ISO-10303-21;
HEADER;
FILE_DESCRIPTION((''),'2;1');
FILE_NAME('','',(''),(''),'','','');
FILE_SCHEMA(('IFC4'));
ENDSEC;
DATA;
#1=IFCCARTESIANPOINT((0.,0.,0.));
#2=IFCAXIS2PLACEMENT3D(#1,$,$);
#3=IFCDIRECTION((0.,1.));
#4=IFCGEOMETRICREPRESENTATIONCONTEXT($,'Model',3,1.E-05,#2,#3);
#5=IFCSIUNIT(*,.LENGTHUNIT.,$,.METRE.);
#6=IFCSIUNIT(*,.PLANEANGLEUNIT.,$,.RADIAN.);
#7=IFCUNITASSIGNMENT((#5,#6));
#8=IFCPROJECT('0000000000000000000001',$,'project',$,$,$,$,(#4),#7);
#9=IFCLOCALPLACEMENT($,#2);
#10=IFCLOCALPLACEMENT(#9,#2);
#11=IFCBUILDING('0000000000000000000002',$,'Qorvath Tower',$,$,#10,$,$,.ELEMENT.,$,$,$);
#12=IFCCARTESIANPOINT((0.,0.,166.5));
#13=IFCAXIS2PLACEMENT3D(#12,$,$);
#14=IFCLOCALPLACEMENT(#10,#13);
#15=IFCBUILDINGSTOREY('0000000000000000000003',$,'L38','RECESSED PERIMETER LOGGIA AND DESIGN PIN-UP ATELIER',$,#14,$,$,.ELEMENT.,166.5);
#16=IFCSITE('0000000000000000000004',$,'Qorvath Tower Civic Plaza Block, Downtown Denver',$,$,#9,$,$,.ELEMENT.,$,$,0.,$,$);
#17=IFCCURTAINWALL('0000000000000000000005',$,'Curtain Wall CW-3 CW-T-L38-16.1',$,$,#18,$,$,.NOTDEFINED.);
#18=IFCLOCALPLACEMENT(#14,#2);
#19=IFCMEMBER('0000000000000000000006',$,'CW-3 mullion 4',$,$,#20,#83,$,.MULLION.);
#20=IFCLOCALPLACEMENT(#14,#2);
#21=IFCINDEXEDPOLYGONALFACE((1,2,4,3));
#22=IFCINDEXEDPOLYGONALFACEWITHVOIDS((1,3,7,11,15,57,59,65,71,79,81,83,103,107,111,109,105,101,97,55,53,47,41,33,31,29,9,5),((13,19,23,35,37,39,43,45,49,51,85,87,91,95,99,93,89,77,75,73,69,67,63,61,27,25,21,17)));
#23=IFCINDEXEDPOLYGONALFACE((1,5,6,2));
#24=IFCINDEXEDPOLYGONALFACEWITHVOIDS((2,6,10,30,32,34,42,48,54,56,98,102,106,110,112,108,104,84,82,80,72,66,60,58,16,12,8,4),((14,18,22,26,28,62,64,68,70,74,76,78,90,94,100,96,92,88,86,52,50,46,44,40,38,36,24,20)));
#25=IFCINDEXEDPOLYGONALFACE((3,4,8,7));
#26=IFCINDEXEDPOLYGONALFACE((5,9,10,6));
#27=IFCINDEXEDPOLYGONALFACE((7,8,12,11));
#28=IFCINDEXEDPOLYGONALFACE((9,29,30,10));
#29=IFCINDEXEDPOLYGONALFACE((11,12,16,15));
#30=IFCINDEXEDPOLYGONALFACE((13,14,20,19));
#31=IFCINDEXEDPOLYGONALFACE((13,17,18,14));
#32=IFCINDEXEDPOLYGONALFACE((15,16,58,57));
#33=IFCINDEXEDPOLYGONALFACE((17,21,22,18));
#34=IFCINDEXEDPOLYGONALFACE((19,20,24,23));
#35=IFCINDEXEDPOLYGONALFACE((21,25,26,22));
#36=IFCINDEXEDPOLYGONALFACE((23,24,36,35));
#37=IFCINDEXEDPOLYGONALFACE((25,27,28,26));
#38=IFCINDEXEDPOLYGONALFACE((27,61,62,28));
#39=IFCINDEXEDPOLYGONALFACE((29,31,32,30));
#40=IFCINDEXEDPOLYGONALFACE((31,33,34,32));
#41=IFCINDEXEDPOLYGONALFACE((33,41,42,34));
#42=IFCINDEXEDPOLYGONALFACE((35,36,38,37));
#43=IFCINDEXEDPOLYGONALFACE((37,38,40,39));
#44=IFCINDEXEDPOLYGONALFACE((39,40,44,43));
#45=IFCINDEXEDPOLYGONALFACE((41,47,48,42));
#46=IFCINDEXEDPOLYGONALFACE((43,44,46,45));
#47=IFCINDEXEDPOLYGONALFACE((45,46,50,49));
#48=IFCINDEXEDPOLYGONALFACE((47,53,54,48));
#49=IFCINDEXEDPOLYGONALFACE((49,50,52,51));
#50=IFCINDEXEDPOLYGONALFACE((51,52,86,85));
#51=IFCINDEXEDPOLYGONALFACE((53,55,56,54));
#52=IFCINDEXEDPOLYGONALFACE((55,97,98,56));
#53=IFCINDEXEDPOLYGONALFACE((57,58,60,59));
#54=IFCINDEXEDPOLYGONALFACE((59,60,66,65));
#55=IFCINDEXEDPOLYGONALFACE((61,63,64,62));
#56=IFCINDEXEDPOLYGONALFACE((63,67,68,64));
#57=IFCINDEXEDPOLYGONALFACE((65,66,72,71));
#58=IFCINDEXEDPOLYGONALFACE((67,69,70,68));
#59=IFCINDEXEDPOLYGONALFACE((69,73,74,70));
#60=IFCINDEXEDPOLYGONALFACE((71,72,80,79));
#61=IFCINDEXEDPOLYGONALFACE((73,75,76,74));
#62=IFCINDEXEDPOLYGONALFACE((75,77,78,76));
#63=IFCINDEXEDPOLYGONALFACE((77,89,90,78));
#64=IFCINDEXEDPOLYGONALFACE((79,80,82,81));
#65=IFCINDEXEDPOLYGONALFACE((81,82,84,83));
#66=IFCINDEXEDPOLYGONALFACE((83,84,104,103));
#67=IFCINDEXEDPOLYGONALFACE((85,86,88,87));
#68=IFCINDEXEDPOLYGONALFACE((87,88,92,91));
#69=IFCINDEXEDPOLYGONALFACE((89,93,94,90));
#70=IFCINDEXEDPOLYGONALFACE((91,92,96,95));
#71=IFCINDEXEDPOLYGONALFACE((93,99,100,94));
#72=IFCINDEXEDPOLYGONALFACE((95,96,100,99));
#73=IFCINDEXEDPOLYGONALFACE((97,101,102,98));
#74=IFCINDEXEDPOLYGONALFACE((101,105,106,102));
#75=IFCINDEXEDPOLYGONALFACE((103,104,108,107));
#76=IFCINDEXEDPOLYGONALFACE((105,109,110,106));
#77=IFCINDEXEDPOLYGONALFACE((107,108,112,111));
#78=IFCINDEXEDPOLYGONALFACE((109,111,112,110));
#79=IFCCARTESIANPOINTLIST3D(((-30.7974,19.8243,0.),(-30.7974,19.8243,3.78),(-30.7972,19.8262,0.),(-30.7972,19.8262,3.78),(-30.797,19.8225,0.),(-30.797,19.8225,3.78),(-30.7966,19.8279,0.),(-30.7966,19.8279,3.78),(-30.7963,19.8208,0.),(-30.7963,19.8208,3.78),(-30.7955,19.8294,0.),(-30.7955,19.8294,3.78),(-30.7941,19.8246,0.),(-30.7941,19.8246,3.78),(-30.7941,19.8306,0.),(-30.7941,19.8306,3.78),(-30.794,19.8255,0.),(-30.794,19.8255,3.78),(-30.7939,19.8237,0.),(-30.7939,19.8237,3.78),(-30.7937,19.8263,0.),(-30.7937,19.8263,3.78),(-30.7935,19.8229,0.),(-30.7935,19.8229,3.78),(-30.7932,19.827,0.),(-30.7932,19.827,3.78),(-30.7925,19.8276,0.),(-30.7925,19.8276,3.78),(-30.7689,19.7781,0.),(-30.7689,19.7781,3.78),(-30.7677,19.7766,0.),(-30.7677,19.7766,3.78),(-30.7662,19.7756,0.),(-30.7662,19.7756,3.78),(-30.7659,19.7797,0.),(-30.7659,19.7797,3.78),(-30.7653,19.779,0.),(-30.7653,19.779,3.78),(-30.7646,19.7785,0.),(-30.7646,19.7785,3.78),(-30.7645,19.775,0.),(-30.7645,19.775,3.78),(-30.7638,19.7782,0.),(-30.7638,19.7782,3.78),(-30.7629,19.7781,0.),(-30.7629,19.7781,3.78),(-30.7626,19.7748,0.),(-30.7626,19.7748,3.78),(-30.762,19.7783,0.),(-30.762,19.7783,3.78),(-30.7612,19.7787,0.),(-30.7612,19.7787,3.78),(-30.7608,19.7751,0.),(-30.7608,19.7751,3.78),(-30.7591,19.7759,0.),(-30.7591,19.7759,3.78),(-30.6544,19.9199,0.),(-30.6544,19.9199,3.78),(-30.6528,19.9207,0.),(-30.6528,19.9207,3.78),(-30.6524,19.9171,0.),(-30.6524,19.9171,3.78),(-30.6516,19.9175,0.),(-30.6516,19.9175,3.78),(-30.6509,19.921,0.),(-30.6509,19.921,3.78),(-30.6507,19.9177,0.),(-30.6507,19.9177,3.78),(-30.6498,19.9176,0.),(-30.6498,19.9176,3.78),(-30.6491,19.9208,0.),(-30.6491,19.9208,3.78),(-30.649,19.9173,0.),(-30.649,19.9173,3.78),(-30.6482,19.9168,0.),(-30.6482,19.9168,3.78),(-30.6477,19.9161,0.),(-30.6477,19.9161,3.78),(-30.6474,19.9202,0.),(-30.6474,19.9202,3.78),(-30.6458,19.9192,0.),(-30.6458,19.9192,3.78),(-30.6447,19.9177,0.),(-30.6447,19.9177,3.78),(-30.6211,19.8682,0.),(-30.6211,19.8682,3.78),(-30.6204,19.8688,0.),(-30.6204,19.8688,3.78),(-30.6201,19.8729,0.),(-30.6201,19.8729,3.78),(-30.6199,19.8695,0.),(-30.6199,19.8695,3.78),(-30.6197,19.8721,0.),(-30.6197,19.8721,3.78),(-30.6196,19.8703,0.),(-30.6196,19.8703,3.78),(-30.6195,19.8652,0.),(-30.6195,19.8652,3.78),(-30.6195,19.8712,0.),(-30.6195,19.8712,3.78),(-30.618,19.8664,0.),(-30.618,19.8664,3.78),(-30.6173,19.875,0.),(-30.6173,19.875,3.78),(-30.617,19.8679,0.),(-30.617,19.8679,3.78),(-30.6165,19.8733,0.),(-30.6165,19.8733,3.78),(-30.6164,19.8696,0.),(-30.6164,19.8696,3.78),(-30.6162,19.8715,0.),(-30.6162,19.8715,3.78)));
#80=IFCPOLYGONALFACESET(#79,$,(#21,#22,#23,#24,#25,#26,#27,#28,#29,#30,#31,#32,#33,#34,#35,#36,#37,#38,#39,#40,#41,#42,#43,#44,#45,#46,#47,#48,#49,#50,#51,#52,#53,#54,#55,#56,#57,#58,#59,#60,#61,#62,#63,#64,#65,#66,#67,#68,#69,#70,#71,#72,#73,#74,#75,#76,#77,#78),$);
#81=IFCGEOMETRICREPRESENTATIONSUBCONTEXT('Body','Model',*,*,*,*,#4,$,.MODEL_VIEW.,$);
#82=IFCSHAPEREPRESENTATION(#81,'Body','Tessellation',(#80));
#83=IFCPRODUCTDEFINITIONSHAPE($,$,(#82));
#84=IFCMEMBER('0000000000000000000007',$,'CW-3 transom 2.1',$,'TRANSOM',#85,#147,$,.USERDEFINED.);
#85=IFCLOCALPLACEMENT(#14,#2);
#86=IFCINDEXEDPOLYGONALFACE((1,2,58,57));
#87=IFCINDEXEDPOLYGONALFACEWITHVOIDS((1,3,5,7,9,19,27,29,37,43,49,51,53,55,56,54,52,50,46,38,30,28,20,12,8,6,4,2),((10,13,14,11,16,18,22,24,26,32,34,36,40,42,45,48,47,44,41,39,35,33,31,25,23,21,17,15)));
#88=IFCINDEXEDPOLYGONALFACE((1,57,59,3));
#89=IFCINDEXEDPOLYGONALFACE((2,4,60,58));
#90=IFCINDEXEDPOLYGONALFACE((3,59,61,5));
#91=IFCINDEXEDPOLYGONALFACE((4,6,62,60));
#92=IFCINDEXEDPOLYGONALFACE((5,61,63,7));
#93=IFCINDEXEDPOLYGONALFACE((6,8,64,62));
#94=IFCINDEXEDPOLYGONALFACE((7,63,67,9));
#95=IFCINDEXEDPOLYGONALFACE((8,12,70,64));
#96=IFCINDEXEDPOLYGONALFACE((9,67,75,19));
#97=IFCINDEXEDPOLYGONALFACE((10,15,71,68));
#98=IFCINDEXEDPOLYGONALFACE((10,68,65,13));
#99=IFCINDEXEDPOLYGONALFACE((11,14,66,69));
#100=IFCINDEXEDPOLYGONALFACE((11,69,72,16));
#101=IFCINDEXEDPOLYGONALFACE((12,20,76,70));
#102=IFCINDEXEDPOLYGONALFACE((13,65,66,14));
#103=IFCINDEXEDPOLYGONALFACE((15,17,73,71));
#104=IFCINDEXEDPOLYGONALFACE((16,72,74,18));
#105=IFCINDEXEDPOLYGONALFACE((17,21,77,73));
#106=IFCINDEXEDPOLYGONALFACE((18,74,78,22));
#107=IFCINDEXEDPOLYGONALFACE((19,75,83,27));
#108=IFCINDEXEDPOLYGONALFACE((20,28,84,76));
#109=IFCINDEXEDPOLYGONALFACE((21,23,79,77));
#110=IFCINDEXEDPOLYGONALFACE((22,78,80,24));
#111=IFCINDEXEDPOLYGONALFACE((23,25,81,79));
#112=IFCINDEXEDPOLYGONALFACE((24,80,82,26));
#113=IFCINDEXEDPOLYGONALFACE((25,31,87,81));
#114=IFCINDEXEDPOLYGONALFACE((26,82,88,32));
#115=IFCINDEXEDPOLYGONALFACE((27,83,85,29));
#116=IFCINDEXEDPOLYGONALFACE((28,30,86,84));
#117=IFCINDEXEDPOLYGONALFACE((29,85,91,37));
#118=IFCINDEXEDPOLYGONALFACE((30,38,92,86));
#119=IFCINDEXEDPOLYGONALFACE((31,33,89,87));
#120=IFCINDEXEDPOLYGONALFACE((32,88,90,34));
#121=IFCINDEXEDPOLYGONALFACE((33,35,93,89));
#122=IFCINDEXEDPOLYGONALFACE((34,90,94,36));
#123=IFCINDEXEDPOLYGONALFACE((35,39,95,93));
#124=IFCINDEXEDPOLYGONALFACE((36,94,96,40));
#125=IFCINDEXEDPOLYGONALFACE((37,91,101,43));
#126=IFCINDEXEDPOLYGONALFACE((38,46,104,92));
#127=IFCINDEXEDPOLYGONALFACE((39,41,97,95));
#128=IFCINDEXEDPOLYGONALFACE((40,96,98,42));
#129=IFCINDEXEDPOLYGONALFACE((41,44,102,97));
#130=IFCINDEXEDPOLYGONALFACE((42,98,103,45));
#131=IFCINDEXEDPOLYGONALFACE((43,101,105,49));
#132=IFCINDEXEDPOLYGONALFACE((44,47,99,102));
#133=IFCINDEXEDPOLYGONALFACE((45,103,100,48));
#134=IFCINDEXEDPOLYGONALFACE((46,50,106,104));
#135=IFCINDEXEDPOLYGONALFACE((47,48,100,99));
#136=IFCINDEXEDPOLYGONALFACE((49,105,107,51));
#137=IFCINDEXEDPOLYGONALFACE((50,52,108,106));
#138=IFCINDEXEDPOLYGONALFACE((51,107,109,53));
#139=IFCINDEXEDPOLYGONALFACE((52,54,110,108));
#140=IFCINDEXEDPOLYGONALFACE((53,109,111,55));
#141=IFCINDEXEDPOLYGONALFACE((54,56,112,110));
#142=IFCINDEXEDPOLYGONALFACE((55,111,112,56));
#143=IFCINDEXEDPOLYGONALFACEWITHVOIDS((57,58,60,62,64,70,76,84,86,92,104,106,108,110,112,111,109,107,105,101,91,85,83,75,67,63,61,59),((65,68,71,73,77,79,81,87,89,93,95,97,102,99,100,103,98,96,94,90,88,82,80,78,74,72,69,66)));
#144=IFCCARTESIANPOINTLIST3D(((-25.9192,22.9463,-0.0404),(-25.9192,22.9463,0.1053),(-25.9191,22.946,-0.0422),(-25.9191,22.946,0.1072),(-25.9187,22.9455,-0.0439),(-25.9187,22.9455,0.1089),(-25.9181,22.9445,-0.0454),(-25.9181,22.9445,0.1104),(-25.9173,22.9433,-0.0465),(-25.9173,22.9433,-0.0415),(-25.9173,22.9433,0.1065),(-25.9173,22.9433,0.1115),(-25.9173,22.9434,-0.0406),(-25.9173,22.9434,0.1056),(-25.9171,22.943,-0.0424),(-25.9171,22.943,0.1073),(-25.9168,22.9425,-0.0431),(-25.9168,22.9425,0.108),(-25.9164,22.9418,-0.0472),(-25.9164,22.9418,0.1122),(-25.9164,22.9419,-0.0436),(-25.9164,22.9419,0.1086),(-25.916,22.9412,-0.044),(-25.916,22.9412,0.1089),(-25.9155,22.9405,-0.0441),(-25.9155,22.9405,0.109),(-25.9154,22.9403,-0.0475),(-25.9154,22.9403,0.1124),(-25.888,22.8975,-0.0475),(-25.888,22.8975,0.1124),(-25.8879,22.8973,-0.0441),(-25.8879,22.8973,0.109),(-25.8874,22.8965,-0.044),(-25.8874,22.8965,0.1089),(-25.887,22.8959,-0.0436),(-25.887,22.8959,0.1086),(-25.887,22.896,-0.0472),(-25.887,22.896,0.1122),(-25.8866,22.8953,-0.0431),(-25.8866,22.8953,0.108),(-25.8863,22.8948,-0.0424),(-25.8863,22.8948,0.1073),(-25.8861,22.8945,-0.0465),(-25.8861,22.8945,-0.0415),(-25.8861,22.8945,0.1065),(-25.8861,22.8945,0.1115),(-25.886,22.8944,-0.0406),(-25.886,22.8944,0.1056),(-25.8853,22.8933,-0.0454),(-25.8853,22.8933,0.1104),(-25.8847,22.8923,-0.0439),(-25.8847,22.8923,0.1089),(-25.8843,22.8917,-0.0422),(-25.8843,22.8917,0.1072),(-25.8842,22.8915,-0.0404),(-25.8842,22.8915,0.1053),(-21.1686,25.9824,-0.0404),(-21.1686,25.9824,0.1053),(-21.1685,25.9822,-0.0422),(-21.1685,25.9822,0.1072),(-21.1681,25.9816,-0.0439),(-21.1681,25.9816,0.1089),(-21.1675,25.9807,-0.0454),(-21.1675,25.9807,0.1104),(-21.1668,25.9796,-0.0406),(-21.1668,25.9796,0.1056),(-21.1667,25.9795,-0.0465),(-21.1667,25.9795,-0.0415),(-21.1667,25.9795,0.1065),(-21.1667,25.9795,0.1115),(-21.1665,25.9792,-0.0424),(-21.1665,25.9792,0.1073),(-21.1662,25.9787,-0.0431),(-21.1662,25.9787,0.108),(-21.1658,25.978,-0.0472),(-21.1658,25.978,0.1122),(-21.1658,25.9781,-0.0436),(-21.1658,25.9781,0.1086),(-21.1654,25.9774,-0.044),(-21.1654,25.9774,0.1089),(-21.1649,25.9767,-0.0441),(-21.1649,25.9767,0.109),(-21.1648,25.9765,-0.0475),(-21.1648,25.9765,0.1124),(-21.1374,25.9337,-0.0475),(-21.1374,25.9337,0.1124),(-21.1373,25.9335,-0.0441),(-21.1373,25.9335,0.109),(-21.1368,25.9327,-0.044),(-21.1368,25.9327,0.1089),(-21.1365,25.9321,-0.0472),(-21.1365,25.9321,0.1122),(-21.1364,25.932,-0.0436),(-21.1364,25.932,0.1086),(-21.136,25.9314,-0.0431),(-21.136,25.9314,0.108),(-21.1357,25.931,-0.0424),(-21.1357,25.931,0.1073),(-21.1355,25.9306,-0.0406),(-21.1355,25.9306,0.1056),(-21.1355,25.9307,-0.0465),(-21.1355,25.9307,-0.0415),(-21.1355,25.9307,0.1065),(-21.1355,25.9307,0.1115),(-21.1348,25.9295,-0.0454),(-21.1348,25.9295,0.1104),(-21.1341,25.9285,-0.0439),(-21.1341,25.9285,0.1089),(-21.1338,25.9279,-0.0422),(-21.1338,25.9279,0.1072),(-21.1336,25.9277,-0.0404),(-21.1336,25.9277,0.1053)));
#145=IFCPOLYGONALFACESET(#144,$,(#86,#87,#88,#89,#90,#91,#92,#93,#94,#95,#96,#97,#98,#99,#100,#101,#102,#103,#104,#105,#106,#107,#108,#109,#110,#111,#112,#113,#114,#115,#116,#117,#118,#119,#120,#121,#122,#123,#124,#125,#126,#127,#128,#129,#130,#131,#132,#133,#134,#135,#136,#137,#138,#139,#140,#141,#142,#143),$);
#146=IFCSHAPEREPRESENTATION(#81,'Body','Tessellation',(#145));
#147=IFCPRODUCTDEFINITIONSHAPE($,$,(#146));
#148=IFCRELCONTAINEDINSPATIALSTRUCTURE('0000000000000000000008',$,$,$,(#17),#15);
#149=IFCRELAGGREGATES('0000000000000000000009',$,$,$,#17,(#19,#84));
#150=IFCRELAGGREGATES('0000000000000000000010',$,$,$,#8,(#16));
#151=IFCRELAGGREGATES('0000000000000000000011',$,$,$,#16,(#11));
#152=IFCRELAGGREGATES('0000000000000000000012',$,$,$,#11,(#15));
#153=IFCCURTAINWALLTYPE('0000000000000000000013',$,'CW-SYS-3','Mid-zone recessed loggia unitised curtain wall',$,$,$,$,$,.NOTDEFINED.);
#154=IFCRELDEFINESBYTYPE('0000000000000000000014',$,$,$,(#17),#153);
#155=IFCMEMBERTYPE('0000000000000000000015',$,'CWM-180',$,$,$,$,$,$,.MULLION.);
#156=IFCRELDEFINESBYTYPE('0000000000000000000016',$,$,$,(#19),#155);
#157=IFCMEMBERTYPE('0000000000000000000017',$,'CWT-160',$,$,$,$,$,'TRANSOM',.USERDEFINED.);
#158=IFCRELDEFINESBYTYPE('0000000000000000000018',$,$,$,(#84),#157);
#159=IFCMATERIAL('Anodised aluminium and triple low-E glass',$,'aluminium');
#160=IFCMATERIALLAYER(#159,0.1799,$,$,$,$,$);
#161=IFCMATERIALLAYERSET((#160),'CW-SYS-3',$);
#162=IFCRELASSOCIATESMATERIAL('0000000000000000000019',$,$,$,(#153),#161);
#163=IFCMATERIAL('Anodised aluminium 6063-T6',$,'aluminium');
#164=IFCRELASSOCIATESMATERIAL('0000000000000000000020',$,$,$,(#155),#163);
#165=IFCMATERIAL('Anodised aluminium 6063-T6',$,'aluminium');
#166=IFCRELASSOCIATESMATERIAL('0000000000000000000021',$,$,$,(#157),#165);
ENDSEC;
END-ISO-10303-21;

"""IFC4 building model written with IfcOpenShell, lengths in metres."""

from ifc_helpers import new_model, si_unit, direction, frame, origin, origin_2d, place, context, subcontext, project, spatial, hollow_rectangle, extrude, material, layer, layer_set, material_profile, profile_set, type_object, element, aggregate, save


model = new_model("IFC4")

# Units and contexts
model_context = context("Model", 3, precision=1e-05, world=origin(), true_north=direction((0.0, 1.0)))
body_context = subcontext(model_context, "Body", "Model", "MODEL_VIEW")
ifc_project = project(units=[si_unit("LENGTHUNIT", "METRE"), si_unit("PLANEANGLEUNIT", "RADIAN")], contexts=[model_context])

# Site, building, storey
site_placement = place(None, origin())
site = spatial("IfcSite", under=ifc_project, at=site_placement, Name="Qorvath Tower Civic Plaza Block, Downtown Denver", CompositionType="ELEMENT", RefElevation=0.0)
building_placement = place(site_placement, origin())
building = spatial("IfcBuilding", under=site, at=building_placement, Name="Qorvath Tower", CompositionType="ELEMENT")
storey_placement = place(building_placement, frame((0.0, 0.0, 166.5)))
storey = spatial("IfcBuildingStorey", under=building, at=storey_placement, Name="L38", Description="RECESSED PERIMETER LOGGIA AND DESIGN PIN-UP ATELIER", CompositionType="ELEMENT", Elevation=166.5)

# Curtain wall, members
ifc_material_1 = material(Name="Anodised aluminium and triple low-E glass", Category="aluminium")
ifc_layer_1 = layer(ifc_material_1, 0.1799)
ifc_layer_set_1 = layer_set([ifc_layer_1], Name="CW-SYS-3")
curtain_wall_type = type_object("IfcCurtainWallType", Name="CW-SYS-3", Description="Mid-zone recessed loggia unitised curtain wall", PredefinedType="NOTDEFINED", material=ifc_layer_set_1)
curtain_wall_placement = place(storey_placement, origin())
curtain_wall = element("IfcCurtainWall", 1, at=curtain_wall_placement, inside=storey, type_object=curtain_wall_type, Name="Curtain Wall CW-3 CW-T-L38-16.1", PredefinedType="NOTDEFINED")
ifc_material_2 = material(Name="Anodised aluminium 6063-T6", Category="aluminium")
ifc_material_profile_1 = material_profile(ifc_material_2, hollow_rectangle(XDim=0.0649, YDim=0.1799, WallThickness=0.0034, InnerFilletRadius=0.0034, OuterFilletRadius=0.0071, at=origin_2d()), Name="CWM 180x65")
ifc_profile_set_1 = profile_set([ifc_material_profile_1], Name="Anodised aluminium 6063-T6")
member_type_1 = type_object("IfcMemberType", Name="CWM-180", PredefinedType="MULLION", material=ifc_profile_set_1)
member_1_placement = place(storey_placement, frame((-30.7068, 19.8479, 0.0), z_axis=(0.0, 0.0, 1.0), x_axis=(0.538534, -0.842604, 0.0)))
member_1 = element("IfcMember", 2, at=member_1_placement, type_object=member_type_1, Name="CW-3 mullion 4", PredefinedType="MULLION", context=body_context, shape_type="SweptSolid", body=[
    extrude(hollow_rectangle(XDim=0.0649, YDim=0.1799, WallThickness=0.0034, InnerFilletRadius=0.0034, OuterFilletRadius=0.0071, at=origin_2d()), origin(), (0.0, 0.0, 1.0), 3.78),
])
ifc_material_3 = material(Name="Anodised aluminium 6063-T6", Category="aluminium")
ifc_material_profile_2 = material_profile(ifc_material_3, hollow_rectangle(XDim=0.0649, YDim=0.1599, WallThickness=0.0034, InnerFilletRadius=0.0034, OuterFilletRadius=0.0071, at=origin_2d()), Name="CWT 160x65")
ifc_profile_set_2 = profile_set([ifc_material_profile_2], Name="Anodised aluminium 6063-T6")
member_type_2 = type_object("IfcMemberType", Name="CWT-160", ElementType="TRANSOM", PredefinedType="USERDEFINED", material=ifc_profile_set_2)
member_2_placement = place(storey_placement, frame((-21.1511, 25.9551, 0.0325), z_axis=(-0.842608, -0.538528, 0.0), x_axis=(0.538528, -0.842608, 0.0)))
member_2 = element("IfcMember", 3, at=member_2_placement, type_object=member_type_2, Name="CW-3 transom 2.1", ObjectType="TRANSOM", PredefinedType="USERDEFINED", context=body_context, shape_type="SweptSolid", body=[
    extrude(hollow_rectangle(XDim=0.0649, YDim=0.1599, WallThickness=0.0034, InnerFilletRadius=0.0034, OuterFilletRadius=0.0071, at=origin_2d()), origin(), (0.0, 0.0, 1.0), 5.6379),
])
aggregate(curtain_wall, [member_1, member_2])

save(model, "model.ifc")
